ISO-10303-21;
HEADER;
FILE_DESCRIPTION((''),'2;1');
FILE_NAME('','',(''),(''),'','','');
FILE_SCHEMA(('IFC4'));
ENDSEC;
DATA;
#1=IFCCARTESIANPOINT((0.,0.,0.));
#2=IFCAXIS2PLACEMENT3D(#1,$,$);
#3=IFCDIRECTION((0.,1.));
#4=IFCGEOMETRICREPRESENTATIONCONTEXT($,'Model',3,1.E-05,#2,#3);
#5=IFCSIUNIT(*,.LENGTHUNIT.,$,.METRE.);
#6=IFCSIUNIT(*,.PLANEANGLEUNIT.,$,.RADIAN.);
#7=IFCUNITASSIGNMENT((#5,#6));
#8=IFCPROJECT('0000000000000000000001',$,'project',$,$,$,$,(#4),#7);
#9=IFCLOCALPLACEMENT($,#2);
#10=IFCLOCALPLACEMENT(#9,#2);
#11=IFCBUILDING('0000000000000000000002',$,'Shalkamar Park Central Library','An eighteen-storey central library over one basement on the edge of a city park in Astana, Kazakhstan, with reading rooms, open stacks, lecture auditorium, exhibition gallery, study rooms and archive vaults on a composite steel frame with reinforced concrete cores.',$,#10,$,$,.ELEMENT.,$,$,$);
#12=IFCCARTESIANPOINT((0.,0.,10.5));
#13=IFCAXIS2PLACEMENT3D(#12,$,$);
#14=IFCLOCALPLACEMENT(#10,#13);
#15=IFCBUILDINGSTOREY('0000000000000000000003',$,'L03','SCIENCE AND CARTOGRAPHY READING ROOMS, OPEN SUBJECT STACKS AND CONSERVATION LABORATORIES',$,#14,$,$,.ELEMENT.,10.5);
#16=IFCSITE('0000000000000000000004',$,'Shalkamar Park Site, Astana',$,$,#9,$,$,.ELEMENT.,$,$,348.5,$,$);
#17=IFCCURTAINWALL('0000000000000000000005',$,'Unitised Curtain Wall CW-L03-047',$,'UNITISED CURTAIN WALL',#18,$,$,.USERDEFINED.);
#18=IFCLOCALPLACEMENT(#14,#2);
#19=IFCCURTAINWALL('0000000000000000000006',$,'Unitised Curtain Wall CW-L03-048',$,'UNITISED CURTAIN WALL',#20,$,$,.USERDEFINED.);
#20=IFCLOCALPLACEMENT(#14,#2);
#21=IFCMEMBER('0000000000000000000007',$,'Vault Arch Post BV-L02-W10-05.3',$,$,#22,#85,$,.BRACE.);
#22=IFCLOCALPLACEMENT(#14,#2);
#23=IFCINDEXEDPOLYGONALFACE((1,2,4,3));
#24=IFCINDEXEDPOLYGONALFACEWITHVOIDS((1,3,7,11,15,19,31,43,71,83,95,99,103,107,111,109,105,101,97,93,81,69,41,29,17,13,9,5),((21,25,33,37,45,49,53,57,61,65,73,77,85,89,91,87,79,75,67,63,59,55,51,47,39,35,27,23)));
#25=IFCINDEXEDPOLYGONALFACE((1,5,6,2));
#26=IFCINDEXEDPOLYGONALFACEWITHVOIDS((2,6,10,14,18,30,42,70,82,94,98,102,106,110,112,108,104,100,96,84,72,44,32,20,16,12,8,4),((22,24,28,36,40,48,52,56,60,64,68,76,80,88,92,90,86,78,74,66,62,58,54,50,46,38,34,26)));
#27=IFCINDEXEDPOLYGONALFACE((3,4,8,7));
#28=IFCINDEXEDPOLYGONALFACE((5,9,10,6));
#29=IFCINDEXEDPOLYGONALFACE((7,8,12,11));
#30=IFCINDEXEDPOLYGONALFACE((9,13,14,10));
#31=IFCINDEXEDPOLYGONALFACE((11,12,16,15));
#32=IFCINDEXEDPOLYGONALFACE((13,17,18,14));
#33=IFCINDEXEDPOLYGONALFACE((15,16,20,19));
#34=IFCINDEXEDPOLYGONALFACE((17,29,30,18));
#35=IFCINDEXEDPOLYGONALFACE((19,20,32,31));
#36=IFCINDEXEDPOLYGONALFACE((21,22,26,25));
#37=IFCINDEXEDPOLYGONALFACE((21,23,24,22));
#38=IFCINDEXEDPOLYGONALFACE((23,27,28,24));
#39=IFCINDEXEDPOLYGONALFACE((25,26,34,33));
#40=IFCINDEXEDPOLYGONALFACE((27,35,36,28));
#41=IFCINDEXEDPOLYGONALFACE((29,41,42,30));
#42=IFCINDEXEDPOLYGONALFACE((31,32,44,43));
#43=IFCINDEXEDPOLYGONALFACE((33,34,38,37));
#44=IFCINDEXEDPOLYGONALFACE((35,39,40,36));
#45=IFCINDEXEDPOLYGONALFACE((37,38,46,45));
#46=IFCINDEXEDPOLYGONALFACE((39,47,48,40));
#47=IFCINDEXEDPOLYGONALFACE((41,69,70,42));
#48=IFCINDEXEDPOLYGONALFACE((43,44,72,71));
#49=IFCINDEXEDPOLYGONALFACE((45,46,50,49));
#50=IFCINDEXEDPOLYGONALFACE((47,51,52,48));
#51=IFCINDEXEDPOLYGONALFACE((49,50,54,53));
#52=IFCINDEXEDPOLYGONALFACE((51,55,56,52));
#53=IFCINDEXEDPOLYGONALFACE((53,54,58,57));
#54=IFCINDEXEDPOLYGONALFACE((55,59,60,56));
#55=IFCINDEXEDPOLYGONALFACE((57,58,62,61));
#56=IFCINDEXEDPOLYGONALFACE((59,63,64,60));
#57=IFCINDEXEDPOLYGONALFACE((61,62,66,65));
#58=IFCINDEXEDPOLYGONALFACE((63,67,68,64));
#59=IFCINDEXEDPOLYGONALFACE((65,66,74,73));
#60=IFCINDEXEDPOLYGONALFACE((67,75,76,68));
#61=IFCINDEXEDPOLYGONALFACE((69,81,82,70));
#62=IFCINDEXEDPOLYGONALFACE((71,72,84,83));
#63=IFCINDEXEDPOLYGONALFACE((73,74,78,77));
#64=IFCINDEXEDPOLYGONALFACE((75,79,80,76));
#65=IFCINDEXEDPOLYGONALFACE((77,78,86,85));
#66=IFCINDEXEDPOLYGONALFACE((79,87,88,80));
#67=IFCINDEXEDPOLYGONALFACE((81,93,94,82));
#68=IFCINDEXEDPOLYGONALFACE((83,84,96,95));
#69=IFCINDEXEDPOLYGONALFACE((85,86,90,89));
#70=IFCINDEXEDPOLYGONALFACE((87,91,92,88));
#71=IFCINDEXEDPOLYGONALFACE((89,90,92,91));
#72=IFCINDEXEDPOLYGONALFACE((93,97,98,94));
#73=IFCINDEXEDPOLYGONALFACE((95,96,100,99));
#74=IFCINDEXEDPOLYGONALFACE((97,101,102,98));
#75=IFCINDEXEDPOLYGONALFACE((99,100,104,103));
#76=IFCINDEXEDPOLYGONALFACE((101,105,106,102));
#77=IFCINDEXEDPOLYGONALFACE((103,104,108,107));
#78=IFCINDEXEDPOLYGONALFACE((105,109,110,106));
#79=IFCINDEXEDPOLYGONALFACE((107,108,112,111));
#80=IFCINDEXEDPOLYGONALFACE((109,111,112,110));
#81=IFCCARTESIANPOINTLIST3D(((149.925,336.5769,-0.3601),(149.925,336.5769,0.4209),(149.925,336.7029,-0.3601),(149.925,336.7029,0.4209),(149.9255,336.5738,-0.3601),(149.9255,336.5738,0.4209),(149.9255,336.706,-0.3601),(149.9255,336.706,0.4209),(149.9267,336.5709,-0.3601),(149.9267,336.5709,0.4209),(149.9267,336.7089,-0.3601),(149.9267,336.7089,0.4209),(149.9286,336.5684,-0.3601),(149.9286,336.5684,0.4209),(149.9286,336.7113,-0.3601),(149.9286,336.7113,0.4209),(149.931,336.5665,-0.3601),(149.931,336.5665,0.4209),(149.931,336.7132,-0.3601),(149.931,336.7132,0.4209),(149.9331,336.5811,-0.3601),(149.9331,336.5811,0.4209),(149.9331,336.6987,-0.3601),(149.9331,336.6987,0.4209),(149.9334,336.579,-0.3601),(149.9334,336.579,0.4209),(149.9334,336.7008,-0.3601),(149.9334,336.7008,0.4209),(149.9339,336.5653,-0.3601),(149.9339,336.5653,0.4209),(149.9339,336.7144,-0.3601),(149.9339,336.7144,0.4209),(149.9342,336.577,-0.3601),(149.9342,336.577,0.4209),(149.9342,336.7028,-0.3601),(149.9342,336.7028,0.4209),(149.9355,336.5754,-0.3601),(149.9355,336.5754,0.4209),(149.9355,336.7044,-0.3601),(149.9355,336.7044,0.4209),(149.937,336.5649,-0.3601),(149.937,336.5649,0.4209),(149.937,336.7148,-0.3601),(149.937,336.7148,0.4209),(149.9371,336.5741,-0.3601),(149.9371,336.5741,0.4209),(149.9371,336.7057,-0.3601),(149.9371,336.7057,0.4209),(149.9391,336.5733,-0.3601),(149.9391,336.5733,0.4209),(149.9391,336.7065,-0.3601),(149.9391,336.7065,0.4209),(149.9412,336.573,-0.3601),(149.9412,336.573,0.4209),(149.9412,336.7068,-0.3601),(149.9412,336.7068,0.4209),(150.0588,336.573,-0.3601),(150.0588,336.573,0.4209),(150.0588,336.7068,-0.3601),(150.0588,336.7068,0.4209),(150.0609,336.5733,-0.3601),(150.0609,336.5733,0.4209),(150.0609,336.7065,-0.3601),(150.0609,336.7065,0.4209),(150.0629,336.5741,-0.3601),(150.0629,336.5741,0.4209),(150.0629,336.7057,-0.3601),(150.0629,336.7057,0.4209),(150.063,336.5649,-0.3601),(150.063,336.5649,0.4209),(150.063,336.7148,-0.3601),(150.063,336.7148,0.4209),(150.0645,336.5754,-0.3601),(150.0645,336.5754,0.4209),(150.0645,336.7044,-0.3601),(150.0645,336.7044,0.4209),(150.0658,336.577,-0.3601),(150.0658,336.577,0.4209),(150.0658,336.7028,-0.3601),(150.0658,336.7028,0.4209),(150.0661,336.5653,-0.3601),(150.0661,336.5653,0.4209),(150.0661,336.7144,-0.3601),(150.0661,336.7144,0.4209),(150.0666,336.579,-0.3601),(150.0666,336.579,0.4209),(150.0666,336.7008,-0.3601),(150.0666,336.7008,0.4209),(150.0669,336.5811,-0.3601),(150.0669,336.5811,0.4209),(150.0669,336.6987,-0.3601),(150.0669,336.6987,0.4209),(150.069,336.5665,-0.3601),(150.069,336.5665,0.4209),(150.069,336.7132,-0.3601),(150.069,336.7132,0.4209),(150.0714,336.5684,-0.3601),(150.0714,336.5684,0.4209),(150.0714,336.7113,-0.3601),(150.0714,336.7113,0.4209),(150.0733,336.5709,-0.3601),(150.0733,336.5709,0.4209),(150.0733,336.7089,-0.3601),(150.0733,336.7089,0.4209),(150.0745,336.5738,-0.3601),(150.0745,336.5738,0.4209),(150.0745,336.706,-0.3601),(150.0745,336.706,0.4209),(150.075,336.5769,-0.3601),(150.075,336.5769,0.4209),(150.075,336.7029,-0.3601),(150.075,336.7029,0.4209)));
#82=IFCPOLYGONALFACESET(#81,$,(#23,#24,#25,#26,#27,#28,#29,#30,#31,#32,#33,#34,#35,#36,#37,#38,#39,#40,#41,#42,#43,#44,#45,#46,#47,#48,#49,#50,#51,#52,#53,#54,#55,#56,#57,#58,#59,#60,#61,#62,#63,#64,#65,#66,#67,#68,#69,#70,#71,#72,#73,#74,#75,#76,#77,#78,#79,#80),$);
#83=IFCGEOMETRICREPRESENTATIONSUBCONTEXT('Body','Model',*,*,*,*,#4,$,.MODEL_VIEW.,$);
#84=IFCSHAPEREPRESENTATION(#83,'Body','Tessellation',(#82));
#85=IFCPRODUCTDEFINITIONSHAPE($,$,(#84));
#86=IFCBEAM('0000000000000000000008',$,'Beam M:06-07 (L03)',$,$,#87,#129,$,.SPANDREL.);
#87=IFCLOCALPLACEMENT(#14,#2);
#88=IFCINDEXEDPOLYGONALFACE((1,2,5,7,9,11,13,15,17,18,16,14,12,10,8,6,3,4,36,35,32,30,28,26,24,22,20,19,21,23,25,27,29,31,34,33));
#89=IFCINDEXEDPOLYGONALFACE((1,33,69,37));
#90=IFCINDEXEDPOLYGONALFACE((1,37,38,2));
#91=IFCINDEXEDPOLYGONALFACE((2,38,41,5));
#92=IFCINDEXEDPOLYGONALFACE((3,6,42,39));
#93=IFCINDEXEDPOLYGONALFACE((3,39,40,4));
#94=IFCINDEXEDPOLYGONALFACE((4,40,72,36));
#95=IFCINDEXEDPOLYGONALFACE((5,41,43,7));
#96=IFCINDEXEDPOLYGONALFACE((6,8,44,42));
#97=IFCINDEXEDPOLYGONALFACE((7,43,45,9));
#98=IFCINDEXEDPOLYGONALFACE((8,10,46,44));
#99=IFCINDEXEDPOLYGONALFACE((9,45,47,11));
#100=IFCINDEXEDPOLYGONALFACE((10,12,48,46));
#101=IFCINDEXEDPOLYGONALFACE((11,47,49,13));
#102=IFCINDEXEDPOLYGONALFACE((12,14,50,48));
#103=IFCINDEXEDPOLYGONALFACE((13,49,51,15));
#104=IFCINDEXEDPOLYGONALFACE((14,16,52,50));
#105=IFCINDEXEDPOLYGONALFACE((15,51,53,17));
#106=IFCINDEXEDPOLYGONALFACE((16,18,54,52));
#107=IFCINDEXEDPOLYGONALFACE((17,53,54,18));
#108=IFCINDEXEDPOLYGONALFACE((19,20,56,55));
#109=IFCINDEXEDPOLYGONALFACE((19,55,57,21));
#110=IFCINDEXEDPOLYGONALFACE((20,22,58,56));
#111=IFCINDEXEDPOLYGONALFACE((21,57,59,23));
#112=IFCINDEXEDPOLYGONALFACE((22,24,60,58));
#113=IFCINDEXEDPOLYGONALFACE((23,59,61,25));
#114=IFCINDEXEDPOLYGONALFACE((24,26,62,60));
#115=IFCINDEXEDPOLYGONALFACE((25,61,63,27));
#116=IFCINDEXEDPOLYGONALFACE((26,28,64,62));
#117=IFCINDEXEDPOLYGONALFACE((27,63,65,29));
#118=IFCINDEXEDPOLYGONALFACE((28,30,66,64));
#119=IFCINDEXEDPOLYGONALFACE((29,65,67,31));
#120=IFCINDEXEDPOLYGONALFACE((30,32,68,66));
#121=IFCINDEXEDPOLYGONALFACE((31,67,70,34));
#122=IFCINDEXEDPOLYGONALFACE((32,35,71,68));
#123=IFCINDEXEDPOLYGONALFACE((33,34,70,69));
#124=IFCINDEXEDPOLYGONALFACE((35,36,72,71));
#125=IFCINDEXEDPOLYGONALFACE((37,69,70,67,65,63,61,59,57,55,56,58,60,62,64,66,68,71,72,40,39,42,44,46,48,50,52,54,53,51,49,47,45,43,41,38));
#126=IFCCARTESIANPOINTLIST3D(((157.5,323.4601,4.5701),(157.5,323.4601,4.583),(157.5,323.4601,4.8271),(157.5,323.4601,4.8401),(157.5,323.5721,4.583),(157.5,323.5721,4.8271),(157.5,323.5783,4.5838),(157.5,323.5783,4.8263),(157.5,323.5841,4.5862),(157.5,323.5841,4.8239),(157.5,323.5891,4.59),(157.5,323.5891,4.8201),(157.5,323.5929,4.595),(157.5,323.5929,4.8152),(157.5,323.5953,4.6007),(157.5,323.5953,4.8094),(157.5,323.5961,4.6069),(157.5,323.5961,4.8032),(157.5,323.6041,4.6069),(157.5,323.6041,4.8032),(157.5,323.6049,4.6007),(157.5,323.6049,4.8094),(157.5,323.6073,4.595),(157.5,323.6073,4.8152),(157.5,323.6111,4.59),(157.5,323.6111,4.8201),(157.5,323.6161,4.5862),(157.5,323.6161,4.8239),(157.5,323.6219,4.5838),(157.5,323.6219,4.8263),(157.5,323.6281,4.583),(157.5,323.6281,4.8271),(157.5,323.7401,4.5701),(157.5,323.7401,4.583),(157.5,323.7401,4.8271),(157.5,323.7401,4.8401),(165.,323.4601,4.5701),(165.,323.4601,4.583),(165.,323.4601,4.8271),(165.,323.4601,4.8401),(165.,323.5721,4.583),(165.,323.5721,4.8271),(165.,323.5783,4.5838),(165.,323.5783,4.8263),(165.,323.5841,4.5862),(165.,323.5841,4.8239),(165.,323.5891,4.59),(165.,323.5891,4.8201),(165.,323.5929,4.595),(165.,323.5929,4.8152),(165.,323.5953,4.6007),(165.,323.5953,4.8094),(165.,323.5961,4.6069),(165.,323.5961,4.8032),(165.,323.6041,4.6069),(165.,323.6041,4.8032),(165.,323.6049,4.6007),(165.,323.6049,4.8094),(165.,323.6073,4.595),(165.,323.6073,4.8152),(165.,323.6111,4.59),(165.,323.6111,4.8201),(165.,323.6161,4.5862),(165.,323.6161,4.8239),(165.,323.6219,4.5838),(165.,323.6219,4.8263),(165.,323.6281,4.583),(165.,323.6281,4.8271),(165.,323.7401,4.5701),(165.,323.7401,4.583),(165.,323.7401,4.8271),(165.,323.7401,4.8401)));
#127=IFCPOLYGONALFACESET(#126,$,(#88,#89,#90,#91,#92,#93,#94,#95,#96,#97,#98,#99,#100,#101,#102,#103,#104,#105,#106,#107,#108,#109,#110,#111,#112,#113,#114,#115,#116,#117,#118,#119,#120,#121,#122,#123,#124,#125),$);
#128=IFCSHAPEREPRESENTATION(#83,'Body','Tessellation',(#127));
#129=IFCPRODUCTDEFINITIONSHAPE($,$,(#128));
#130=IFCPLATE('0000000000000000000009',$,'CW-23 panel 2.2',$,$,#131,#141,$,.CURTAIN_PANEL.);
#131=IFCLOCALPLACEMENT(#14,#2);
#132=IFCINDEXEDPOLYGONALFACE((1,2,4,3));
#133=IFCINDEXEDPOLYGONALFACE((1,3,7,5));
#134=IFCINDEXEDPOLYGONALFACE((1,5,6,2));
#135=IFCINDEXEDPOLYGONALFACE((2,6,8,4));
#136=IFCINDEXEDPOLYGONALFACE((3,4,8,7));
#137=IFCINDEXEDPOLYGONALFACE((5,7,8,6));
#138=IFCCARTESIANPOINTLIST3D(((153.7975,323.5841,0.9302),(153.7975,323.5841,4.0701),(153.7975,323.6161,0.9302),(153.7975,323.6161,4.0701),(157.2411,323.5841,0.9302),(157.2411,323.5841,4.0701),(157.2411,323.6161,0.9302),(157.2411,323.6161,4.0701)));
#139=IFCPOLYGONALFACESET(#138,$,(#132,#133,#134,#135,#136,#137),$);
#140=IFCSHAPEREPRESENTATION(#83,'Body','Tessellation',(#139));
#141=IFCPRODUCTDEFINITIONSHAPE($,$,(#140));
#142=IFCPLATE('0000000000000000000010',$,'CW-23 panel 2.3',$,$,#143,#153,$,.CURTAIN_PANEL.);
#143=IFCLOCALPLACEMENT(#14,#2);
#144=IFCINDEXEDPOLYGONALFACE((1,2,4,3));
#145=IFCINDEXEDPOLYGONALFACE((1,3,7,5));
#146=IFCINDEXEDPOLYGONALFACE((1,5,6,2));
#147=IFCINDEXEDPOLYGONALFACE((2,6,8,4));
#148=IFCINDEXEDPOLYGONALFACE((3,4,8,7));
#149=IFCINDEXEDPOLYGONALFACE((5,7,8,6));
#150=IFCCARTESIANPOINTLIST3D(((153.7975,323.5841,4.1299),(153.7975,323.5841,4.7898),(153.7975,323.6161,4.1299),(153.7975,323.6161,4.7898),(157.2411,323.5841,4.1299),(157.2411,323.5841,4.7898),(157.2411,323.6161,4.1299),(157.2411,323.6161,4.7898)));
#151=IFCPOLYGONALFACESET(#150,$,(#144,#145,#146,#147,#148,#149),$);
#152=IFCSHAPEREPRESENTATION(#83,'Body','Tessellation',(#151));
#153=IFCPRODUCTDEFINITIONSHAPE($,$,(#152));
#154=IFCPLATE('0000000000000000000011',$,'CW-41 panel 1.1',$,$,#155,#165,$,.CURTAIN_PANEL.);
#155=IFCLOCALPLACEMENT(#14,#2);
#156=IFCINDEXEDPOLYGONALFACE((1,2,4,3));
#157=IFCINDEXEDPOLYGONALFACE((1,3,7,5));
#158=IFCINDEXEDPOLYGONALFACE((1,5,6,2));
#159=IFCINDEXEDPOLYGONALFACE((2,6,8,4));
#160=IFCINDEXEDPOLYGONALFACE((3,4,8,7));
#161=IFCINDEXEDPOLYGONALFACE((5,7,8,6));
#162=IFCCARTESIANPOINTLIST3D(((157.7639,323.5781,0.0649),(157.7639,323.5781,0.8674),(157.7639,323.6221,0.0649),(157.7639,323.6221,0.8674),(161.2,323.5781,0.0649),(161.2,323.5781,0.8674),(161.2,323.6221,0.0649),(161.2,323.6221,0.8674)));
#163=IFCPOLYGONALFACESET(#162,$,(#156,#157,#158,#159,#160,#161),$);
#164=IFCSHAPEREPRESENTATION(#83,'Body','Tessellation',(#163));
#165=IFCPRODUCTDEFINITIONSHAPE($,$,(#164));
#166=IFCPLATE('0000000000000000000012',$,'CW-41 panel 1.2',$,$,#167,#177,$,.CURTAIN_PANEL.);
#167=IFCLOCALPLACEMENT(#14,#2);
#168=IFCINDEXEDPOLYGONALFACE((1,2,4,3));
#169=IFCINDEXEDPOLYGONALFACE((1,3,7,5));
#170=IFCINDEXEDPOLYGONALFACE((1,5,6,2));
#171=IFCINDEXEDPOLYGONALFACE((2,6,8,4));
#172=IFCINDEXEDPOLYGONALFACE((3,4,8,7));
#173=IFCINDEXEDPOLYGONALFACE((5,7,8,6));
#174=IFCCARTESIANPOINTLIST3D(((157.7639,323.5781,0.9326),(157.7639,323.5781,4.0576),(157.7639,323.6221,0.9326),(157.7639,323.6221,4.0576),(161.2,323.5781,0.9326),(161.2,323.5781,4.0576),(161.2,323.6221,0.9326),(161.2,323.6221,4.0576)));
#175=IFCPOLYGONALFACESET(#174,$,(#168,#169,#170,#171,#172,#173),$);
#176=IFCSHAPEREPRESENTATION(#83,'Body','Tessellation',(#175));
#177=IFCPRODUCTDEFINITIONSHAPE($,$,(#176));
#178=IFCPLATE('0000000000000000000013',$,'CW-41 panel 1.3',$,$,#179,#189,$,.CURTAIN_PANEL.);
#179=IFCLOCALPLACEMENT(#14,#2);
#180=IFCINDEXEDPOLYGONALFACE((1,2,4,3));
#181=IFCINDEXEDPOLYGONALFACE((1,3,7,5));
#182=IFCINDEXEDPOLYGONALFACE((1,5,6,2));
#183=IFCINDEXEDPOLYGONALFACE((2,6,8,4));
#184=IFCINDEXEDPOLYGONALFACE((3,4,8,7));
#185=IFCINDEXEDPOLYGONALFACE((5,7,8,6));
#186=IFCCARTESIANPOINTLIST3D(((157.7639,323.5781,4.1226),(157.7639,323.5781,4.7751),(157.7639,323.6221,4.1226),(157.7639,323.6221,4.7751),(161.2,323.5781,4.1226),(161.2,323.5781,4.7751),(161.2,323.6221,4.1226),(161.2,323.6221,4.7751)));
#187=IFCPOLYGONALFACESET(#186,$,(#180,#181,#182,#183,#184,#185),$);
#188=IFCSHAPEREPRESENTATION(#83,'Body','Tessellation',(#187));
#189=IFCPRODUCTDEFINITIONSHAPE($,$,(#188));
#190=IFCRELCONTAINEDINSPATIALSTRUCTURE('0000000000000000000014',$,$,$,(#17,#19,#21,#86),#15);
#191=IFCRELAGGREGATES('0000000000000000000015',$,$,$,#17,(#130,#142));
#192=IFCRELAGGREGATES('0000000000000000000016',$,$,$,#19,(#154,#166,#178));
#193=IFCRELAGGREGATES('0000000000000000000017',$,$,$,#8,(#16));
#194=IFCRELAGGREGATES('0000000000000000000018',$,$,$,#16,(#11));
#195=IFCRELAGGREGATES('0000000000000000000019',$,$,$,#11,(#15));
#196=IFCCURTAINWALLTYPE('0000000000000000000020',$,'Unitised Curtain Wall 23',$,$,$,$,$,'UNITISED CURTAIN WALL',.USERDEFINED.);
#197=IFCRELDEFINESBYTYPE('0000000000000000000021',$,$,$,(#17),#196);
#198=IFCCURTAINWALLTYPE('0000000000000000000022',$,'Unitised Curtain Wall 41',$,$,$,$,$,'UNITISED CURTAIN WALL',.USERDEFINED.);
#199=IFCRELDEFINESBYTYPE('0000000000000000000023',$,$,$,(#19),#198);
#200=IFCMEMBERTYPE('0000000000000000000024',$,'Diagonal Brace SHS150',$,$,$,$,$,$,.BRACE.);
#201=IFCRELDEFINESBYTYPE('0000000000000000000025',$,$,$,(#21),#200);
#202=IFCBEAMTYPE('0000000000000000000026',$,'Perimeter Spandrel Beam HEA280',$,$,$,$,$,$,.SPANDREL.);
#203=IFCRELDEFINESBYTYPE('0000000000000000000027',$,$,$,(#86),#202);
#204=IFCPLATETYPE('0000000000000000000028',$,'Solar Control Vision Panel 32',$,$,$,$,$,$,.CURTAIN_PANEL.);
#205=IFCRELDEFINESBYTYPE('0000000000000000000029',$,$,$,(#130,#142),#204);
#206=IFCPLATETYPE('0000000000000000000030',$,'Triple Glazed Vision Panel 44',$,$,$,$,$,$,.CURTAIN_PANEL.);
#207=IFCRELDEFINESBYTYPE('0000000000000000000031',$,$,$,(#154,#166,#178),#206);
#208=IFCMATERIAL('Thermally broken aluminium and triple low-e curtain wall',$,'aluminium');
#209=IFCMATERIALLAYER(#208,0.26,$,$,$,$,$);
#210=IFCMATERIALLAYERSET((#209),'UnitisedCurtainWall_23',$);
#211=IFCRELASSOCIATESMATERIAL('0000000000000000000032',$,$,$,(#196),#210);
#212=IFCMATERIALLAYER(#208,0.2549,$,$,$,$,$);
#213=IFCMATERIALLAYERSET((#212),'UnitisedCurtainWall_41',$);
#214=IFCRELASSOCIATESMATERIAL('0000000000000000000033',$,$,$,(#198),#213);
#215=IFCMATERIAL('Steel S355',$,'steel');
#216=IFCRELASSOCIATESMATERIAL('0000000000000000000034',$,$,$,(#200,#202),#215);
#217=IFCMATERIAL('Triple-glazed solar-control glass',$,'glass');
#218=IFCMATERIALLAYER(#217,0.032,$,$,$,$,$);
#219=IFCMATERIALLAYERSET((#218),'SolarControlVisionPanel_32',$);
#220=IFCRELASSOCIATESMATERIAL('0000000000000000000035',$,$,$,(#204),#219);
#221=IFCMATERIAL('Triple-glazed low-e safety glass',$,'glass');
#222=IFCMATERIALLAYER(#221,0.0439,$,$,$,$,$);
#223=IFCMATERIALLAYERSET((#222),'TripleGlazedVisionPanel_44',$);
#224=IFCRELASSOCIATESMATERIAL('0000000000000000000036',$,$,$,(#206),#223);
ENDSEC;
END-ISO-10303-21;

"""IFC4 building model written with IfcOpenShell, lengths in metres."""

from ifc_helpers import new_model, si_unit, direction, frame, origin, origin_2d, place, context, subcontext, project, spatial, rectangle, hollow_rectangle, i_section, extrude, material, layer, layer_set, material_profile, profile_set, type_object, element, aggregate, save


model = new_model("IFC4")

# Units and contexts
model_context = context("Model", 3, precision=1e-05, world=origin(), true_north=direction((0.0, 1.0)))
body_context = subcontext(model_context, "Body", "Model", "MODEL_VIEW")
ifc_project = project(units=[si_unit("LENGTHUNIT", "METRE"), si_unit("PLANEANGLEUNIT", "RADIAN")], contexts=[model_context])

# Site, building, storey
site_placement = place(None, origin())
site = spatial("IfcSite", under=ifc_project, at=site_placement, Name="Shalkamar Park Site, Astana", CompositionType="ELEMENT", RefElevation=348.5)
building_placement = place(site_placement, origin())
building = spatial("IfcBuilding", under=site, at=building_placement, Name="Shalkamar Park Central Library", Description="An eighteen-storey central library over one basement on the edge of a city park in Astana, Kazakhstan, with reading rooms, open stacks, lecture auditorium, exhibition gallery, study rooms and archive vaults on a composite steel frame with reinforced concrete cores.", CompositionType="ELEMENT")
storey_placement = place(building_placement, frame((0.0, 0.0, 10.5)))
storey = spatial("IfcBuildingStorey", under=building, at=storey_placement, Name="L03", Description="SCIENCE AND CARTOGRAPHY READING ROOMS, OPEN SUBJECT STACKS AND CONSERVATION LABORATORIES", CompositionType="ELEMENT", Elevation=10.5)

# Shared definitions
ifc_material_1 = material(Name="Steel S355", Category="steel")

# Curtain wall
ifc_material_2 = material(Name="Thermally broken aluminium and triple low-e curtain wall", Category="aluminium")
ifc_layer_1 = layer(ifc_material_2, 0.26)
ifc_layer_set_1 = layer_set([ifc_layer_1], Name="UnitisedCurtainWall_23")
curtain_wall_type_1 = type_object("IfcCurtainWallType", Name="Unitised Curtain Wall 23", ElementType="UNITISED CURTAIN WALL", PredefinedType="USERDEFINED", material=ifc_layer_set_1)
curtain_wall_1_placement = place(storey_placement, origin())
curtain_wall_1 = element("IfcCurtainWall", 1, at=curtain_wall_1_placement, inside=storey, type_object=curtain_wall_type_1, Name="Unitised Curtain Wall CW-L03-047", ObjectType="UNITISED CURTAIN WALL", PredefinedType="USERDEFINED")

# Curtain wall
ifc_layer_2 = layer(ifc_material_2, 0.2549)
ifc_layer_set_2 = layer_set([ifc_layer_2], Name="UnitisedCurtainWall_41")
curtain_wall_type_2 = type_object("IfcCurtainWallType", Name="Unitised Curtain Wall 41", ElementType="UNITISED CURTAIN WALL", PredefinedType="USERDEFINED", material=ifc_layer_set_2)
curtain_wall_2_placement = place(storey_placement, origin())
curtain_wall_2 = element("IfcCurtainWall", 2, at=curtain_wall_2_placement, inside=storey, type_object=curtain_wall_type_2, Name="Unitised Curtain Wall CW-L03-048", ObjectType="UNITISED CURTAIN WALL", PredefinedType="USERDEFINED")

# Member
ifc_material_profile_1 = material_profile(ifc_material_1, hollow_rectangle(XDim=0.1499, YDim=0.1499, WallThickness=0.0081, InnerFilletRadius=0.0081, OuterFilletRadius=0.012, at=origin_2d()), Name="SHS 150x150x8")
ifc_profile_set_1 = profile_set([ifc_material_profile_1], Name="Steel S355")
member_type_1 = type_object("IfcMemberType", Name="Diagonal Brace SHS150", PredefinedType="BRACE", material=ifc_profile_set_1)
member_1_placement = place(storey_placement, frame((150.0, 336.6399, -0.3601), z_axis=(0.0, 0.0, 1.0), x_axis=(1.0, 0.0, 0.0)))
element("IfcMember", 3, at=member_1_placement, inside=storey, type_object=member_type_1, Name="Vault Arch Post BV-L02-W10-05.3", PredefinedType="BRACE", context=body_context, shape_type="SweptSolid", body=[
    extrude(hollow_rectangle(XDim=0.1499, YDim=0.1499, WallThickness=0.0081, InnerFilletRadius=0.0081, OuterFilletRadius=0.012, at=origin_2d()), origin(), (0.0, 0.0, 1.0), 0.781),
])

# Beam
ifc_material_profile_2 = material_profile(ifc_material_1, i_section(OverallWidth=0.28, OverallDepth=0.27, WebThickness=0.0081, FlangeThickness=0.0129, FilletRadius=0.0239, at=origin_2d()), Name="HEA 280")
ifc_profile_set_2 = profile_set([ifc_material_profile_2], Name="Steel S355")
beam_type = type_object("IfcBeamType", Name="Perimeter Spandrel Beam HEA280", PredefinedType="SPANDREL", material=ifc_profile_set_2)
beam_placement = place(storey_placement, frame((157.5, 323.6001, 4.7051), z_axis=(1.0, 0.0, 0.0), x_axis=(0.0, 1.0, 0.0)))
element("IfcBeam", 4, at=beam_placement, inside=storey, type_object=beam_type, Name="Beam M:06-07 (L03)", PredefinedType="SPANDREL", context=body_context, shape_type="SweptSolid", body=[
    extrude(i_section(OverallWidth=0.28, OverallDepth=0.27, WebThickness=0.0081, FlangeThickness=0.0129, FilletRadius=0.0239, at=origin_2d()), origin(), (0.0, 0.0, 1.0), 7.5),
])

# Plates
ifc_material_3 = material(Name="Triple-glazed solar-control glass", Category="glass")
ifc_layer_3 = layer(ifc_material_3, 0.032)
ifc_layer_set_3 = layer_set([ifc_layer_3], Name="SolarControlVisionPanel_32")
plate_type_1 = type_object("IfcPlateType", Name="Solar Control Vision Panel 32", PredefinedType="CURTAIN_PANEL", material=ifc_layer_set_3)
plate_1_placement = place(storey_placement, frame((155.5193, 323.6001, 0.9302), z_axis=(0.0, 0.0, 1.0), x_axis=(1.0, 0.0, 0.0)))
plate_1 = element("IfcPlate", 5, at=plate_1_placement, type_object=plate_type_1, Name="CW-23 panel 2.2", PredefinedType="CURTAIN_PANEL", context=body_context, shape_type="SweptSolid", body=[
    extrude(rectangle(XDim=3.4436, YDim=0.032, at=origin_2d()), origin(), (0.0, 0.0, 1.0), 3.1399),
])
plate_2_placement = place(storey_placement, frame((155.5193, 323.6001, 4.1299), z_axis=(0.0, 0.0, 1.0), x_axis=(1.0, 0.0, 0.0)))
plate_2 = element("IfcPlate", 6, at=plate_2_placement, type_object=plate_type_1, Name="CW-23 panel 2.3", PredefinedType="CURTAIN_PANEL", context=body_context, shape_type="SweptSolid", body=[
    extrude(rectangle(XDim=3.4436, YDim=0.032, at=origin_2d()), origin(), (0.0, 0.0, 1.0), 0.6599),
])
aggregate(curtain_wall_1, [plate_1, plate_2])
ifc_material_4 = material(Name="Triple-glazed low-e safety glass", Category="glass")
ifc_layer_4 = layer(ifc_material_4, 0.0439)
ifc_layer_set_4 = layer_set([ifc_layer_4], Name="TripleGlazedVisionPanel_44")
plate_type_2 = type_object("IfcPlateType", Name="Triple Glazed Vision Panel 44", PredefinedType="CURTAIN_PANEL", material=ifc_layer_set_4)
plate_3_placement = place(storey_placement, frame((159.4819, 323.6001, 0.0649), z_axis=(0.0, 0.0, 1.0), x_axis=(1.0, 0.0, 0.0)))
plate_3 = element("IfcPlate", 7, at=plate_3_placement, type_object=plate_type_2, Name="CW-41 panel 1.1", PredefinedType="CURTAIN_PANEL", context=body_context, shape_type="SweptSolid", body=[
    extrude(rectangle(XDim=3.436, YDim=0.0439, at=origin_2d()), origin(), (0.0, 0.0, 1.0), 0.8025),
])
plate_4_placement = place(storey_placement, frame((159.4819, 323.6001, 0.9326), z_axis=(0.0, 0.0, 1.0), x_axis=(1.0, 0.0, 0.0)))
plate_4 = element("IfcPlate", 8, at=plate_4_placement, type_object=plate_type_2, Name="CW-41 panel 1.2", PredefinedType="CURTAIN_PANEL", context=body_context, shape_type="SweptSolid", body=[
    extrude(rectangle(XDim=3.436, YDim=0.0439, at=origin_2d()), origin(), (0.0, 0.0, 1.0), 3.125),
])
plate_5_placement = place(storey_placement, frame((159.4819, 323.6001, 4.1226), z_axis=(0.0, 0.0, 1.0), x_axis=(1.0, 0.0, 0.0)))
plate_5 = element("IfcPlate", 9, at=plate_5_placement, type_object=plate_type_2, Name="CW-41 panel 1.3", PredefinedType="CURTAIN_PANEL", context=body_context, shape_type="SweptSolid", body=[
    extrude(rectangle(XDim=3.436, YDim=0.0439, at=origin_2d()), origin(), (0.0, 0.0, 1.0), 0.6526),
])
aggregate(curtain_wall_2, [plate_3, plate_4, plate_5])

save(model, "model.ifc")
